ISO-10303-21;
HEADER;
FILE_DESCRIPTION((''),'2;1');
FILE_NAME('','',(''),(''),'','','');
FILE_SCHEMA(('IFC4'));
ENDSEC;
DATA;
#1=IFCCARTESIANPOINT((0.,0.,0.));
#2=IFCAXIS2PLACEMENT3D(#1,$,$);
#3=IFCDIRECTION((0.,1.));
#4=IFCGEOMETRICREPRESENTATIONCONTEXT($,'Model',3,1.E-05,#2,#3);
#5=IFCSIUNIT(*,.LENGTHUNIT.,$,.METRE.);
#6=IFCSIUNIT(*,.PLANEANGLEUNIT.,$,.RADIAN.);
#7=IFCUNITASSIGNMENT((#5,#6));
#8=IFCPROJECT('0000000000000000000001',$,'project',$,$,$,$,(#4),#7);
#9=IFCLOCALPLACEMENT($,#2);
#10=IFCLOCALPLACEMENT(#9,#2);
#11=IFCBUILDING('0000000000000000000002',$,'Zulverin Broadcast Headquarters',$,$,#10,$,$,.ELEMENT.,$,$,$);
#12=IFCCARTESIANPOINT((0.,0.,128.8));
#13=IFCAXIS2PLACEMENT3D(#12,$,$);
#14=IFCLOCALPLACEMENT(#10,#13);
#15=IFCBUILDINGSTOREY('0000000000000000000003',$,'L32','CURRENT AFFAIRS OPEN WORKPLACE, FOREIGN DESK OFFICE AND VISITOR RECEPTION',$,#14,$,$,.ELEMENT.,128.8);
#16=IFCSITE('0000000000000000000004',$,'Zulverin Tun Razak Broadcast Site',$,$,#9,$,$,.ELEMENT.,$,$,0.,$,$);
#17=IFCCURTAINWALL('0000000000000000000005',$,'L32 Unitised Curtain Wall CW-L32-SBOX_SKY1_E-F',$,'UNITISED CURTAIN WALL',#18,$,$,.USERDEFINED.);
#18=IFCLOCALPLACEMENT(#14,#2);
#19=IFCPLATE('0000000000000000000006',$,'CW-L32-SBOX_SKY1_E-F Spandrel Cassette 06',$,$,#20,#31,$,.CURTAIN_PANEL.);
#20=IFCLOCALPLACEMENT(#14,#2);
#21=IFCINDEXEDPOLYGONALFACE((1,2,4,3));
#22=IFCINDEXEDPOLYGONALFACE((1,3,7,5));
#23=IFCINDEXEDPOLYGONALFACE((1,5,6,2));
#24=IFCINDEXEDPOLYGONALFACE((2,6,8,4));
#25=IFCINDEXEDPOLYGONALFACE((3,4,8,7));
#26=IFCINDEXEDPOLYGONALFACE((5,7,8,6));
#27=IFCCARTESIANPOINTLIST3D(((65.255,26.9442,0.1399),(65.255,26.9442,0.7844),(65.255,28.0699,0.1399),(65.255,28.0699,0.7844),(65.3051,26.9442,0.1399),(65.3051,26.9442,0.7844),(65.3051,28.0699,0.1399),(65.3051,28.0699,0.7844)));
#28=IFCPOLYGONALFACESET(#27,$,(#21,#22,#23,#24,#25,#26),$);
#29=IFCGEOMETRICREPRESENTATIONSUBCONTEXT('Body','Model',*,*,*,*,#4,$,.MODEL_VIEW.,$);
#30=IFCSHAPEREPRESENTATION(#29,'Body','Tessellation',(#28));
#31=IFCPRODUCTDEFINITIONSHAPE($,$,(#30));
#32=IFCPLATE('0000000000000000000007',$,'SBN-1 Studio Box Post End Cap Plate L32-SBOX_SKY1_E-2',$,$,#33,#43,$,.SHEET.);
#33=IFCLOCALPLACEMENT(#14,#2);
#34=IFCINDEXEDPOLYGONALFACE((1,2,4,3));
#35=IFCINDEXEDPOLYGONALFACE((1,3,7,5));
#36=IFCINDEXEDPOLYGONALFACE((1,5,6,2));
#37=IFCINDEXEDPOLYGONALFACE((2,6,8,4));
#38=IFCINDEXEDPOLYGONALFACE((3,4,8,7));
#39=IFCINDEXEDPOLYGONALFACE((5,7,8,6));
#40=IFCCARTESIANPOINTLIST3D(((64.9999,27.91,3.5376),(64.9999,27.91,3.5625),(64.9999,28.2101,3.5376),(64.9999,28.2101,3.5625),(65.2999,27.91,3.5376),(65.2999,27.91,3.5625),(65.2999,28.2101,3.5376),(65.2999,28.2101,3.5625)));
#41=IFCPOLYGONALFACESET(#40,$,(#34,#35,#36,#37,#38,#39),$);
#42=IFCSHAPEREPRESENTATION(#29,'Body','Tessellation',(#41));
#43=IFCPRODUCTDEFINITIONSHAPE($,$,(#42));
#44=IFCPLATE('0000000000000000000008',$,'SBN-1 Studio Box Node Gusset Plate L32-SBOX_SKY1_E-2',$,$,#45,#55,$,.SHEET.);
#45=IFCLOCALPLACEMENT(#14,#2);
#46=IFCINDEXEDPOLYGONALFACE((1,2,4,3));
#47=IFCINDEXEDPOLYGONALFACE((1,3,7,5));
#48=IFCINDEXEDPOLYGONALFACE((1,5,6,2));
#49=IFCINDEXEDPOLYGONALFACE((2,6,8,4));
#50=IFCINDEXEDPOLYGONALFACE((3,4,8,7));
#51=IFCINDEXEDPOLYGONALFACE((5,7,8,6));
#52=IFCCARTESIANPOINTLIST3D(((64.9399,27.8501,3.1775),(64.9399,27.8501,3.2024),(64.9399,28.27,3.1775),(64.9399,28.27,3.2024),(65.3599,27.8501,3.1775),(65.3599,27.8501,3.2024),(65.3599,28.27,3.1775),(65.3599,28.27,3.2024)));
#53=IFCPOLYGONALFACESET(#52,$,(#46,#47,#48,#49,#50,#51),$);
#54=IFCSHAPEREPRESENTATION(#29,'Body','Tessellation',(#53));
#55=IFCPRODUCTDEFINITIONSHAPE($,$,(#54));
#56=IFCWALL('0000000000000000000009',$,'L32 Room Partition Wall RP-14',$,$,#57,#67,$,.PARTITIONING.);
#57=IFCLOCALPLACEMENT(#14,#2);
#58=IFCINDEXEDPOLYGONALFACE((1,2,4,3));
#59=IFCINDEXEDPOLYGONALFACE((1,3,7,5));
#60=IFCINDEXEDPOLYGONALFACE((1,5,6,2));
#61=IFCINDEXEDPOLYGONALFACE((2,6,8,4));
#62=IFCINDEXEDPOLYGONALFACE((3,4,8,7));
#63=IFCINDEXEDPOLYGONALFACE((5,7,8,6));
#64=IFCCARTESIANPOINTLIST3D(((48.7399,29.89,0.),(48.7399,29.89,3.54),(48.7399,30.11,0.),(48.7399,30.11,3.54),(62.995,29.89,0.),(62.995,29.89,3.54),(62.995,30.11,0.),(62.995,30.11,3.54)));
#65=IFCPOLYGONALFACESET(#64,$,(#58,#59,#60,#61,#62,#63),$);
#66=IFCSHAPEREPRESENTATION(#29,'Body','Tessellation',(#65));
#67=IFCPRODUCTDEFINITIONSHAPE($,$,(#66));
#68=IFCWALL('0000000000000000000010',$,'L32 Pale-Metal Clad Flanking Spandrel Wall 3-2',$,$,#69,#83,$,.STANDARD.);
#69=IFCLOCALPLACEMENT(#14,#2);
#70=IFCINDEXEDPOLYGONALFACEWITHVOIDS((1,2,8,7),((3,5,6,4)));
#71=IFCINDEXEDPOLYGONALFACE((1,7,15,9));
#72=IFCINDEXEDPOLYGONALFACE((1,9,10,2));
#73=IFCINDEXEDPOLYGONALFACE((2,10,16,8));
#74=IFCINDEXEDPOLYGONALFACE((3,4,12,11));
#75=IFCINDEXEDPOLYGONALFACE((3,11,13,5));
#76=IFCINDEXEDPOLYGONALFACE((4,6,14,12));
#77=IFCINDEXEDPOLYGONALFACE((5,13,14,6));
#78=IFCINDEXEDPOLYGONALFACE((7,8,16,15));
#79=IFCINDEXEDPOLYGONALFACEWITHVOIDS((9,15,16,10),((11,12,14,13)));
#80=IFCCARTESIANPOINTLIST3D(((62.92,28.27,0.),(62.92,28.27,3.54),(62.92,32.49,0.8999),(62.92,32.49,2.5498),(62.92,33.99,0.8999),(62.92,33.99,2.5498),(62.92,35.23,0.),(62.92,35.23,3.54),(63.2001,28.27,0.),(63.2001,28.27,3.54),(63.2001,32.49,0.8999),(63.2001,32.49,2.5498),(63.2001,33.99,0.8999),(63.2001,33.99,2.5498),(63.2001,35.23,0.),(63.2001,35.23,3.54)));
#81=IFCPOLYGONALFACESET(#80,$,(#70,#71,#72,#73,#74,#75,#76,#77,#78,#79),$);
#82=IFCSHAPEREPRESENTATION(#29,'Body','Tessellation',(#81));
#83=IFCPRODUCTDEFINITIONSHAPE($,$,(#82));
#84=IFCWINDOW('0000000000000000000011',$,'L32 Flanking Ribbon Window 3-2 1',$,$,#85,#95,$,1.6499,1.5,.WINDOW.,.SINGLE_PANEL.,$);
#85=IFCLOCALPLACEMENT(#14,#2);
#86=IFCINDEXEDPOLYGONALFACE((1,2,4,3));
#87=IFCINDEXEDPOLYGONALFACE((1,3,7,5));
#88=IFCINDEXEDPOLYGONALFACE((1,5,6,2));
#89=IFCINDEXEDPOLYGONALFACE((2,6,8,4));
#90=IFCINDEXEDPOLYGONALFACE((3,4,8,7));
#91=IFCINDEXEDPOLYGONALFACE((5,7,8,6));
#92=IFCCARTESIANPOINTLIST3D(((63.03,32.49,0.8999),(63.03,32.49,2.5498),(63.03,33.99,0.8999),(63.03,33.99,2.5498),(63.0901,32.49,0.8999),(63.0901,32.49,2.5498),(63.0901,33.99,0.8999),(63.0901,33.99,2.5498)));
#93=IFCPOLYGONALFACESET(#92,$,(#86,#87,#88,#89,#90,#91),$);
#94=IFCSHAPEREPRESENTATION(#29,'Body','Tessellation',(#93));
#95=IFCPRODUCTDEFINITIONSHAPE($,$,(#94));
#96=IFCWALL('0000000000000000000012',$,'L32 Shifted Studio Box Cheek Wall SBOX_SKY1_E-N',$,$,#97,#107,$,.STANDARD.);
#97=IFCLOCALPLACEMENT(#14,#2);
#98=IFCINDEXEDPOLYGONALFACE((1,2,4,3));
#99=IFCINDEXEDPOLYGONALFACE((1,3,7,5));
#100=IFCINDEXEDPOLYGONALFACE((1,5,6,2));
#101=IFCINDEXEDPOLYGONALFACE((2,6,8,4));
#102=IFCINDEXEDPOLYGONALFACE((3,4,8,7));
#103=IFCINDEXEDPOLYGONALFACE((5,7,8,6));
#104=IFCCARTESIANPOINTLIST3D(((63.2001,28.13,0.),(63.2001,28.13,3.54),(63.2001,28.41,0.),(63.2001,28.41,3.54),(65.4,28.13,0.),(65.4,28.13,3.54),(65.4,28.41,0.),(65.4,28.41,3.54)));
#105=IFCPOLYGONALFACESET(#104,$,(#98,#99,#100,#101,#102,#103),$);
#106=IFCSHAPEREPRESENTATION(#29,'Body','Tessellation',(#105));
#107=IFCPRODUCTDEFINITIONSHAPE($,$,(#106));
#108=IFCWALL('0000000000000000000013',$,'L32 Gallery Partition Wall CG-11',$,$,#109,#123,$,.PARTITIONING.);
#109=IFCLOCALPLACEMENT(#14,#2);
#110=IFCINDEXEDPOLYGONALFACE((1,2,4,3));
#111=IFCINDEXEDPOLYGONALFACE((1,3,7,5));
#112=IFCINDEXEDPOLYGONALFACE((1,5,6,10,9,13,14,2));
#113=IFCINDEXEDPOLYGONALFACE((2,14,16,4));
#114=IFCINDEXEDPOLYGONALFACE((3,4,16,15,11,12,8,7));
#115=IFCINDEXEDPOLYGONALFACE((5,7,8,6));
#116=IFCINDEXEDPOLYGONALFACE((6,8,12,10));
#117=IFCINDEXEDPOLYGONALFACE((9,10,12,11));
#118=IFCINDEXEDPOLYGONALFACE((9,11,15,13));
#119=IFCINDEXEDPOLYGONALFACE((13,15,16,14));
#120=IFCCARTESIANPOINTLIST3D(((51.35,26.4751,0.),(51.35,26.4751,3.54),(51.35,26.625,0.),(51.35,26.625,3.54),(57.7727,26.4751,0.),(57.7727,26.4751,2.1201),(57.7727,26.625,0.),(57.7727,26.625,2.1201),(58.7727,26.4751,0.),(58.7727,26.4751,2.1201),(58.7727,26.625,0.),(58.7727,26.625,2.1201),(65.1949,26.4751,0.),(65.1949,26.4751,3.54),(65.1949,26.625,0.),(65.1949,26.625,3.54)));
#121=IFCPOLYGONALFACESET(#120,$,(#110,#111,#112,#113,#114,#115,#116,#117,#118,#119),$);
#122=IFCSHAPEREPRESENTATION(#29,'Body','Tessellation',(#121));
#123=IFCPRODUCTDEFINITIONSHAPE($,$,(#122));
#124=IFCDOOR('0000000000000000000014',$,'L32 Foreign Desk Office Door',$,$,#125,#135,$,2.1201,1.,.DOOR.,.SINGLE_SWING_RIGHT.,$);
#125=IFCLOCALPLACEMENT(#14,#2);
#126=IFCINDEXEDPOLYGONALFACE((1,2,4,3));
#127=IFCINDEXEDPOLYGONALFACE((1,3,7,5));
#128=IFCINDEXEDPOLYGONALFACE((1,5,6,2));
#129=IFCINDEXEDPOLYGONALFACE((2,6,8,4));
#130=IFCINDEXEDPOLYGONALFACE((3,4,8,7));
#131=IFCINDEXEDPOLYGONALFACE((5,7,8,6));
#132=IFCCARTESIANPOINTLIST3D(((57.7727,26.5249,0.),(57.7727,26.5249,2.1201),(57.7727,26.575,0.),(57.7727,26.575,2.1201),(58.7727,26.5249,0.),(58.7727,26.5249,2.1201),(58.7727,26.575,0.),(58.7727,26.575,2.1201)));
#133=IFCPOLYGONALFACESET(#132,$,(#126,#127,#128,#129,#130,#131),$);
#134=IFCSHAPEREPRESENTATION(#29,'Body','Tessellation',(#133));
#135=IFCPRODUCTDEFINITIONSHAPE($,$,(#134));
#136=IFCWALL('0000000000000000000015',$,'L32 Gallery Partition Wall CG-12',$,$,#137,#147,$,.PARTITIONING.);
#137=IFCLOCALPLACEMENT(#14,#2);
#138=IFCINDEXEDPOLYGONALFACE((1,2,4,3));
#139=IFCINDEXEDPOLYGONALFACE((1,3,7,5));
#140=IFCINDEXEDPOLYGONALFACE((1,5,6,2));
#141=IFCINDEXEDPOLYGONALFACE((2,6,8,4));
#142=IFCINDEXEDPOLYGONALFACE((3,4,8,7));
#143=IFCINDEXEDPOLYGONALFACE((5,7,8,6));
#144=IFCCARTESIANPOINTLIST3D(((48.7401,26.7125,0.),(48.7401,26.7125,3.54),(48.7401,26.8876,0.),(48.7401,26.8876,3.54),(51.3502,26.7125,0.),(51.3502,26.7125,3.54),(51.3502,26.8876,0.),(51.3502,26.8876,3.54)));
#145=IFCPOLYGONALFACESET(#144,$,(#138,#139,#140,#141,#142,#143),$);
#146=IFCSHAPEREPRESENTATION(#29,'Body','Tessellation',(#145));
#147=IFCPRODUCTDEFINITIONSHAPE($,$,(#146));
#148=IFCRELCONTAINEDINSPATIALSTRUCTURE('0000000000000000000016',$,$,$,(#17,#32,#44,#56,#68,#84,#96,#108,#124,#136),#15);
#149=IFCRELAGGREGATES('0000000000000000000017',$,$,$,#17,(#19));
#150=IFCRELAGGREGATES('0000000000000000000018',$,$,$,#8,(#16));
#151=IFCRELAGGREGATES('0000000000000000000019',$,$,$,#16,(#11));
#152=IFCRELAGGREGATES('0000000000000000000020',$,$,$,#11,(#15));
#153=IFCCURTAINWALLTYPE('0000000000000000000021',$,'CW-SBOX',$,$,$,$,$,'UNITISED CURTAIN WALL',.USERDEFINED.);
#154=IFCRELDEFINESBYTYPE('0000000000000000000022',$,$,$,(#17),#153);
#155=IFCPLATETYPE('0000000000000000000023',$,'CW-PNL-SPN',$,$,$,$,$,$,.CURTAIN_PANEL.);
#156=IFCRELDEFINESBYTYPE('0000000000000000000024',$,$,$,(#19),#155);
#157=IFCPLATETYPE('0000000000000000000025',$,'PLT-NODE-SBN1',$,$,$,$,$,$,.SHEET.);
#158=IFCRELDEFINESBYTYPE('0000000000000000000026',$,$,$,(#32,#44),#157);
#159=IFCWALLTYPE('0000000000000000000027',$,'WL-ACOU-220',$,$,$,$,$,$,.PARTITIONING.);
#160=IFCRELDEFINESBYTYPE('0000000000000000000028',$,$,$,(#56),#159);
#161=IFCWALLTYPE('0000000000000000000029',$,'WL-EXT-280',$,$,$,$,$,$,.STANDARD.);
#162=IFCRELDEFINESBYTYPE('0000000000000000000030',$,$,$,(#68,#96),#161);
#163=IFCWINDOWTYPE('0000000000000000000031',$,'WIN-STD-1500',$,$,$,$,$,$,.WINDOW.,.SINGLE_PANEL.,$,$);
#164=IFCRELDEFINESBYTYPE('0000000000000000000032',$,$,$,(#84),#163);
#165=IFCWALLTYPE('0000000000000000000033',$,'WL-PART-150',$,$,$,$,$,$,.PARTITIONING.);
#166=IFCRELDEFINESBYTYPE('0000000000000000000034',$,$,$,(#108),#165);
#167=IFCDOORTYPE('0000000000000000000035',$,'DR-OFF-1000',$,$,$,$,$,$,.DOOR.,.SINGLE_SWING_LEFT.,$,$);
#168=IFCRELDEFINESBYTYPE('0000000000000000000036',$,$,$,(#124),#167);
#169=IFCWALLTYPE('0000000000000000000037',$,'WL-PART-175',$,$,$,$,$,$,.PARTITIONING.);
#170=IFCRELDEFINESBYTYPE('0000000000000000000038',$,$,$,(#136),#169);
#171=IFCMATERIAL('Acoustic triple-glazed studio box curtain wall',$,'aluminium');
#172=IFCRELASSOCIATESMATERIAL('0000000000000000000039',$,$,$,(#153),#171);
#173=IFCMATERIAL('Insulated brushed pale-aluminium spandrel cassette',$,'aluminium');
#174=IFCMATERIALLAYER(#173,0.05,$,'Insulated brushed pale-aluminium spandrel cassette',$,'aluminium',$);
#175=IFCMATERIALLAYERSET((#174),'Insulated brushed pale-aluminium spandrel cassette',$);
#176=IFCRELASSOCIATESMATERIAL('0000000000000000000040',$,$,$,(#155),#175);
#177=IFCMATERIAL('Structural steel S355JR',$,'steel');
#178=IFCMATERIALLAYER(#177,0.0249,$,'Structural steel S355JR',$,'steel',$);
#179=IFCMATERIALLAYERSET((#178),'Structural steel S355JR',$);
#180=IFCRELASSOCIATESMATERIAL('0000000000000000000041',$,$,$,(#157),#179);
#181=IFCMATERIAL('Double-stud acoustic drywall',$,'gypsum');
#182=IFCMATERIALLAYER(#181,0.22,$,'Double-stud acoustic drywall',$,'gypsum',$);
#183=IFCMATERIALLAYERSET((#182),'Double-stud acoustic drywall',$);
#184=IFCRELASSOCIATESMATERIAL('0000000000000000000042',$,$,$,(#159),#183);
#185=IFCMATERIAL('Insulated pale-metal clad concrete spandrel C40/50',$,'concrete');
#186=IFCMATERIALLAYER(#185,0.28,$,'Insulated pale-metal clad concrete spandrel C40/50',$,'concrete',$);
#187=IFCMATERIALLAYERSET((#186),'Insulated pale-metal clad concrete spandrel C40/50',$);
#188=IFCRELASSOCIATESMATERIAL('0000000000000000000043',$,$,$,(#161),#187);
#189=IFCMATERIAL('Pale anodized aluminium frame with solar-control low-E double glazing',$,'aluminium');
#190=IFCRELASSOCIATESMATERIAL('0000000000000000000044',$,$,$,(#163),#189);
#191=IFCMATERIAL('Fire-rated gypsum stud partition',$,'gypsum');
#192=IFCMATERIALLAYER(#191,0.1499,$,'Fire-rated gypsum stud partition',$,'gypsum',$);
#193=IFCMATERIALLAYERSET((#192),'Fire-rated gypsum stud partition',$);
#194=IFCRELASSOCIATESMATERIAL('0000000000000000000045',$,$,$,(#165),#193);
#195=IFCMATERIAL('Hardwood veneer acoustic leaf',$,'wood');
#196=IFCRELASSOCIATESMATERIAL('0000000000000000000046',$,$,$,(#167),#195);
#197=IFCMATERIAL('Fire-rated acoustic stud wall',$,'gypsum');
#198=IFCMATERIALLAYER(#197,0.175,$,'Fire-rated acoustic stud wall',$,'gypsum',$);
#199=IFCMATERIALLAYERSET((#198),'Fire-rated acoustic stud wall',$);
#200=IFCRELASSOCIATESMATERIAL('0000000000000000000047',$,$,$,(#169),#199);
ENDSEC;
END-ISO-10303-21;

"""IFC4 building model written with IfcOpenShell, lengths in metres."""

from ifc_helpers import new_model, si_unit, direction, frame, frame_2d, origin, origin_2d, place, context, subcontext, project, spatial, rectangle, extrude, material, layer, layer_set, type_object, element, fill, aggregate, save


model = new_model("IFC4")

# Units and contexts
model_context = context("Model", 3, precision=1e-05, world=origin(), true_north=direction((0.0, 1.0)))
body_context = subcontext(model_context, "Body", "Model", "MODEL_VIEW")
ifc_project = project(units=[si_unit("LENGTHUNIT", "METRE"), si_unit("PLANEANGLEUNIT", "RADIAN")], contexts=[model_context])

# Site, building, storey
site_placement = place(None, origin())
site = spatial("IfcSite", under=ifc_project, at=site_placement, Name="Zulverin Tun Razak Broadcast Site", CompositionType="ELEMENT", RefElevation=0.0)
building_placement = place(site_placement, origin())
building = spatial("IfcBuilding", under=site, at=building_placement, Name="Zulverin Broadcast Headquarters", CompositionType="ELEMENT")
storey_placement = place(building_placement, frame((0.0, 0.0, 128.8)))
storey = spatial("IfcBuildingStorey", under=building, at=storey_placement, Name="L32", Description="CURRENT AFFAIRS OPEN WORKPLACE, FOREIGN DESK OFFICE AND VISITOR RECEPTION", CompositionType="ELEMENT", Elevation=128.8)

# Shared definitions
ifc_material_1 = material(Name="Structural steel S355JR", Category="steel")

# Curtain wall
ifc_material_2 = material(Name="Acoustic triple-glazed studio box curtain wall", Category="aluminium")
curtain_wall_type = type_object("IfcCurtainWallType", Name="CW-SBOX", ElementType="UNITISED CURTAIN WALL", PredefinedType="USERDEFINED", material=ifc_material_2)
curtain_wall_placement = place(storey_placement, origin())
curtain_wall = element("IfcCurtainWall", 1, at=curtain_wall_placement, inside=storey, type_object=curtain_wall_type, Name="L32 Unitised Curtain Wall CW-L32-SBOX_SKY1_E-F", ObjectType="UNITISED CURTAIN WALL", PredefinedType="USERDEFINED")

# Plate
ifc_material_3 = material(Name="Insulated brushed pale-aluminium spandrel cassette", Category="aluminium")
ifc_layer_1 = layer(ifc_material_3, 0.05, Name="Insulated brushed pale-aluminium spandrel cassette", Category="aluminium")
ifc_layer_set_1 = layer_set([ifc_layer_1], Name="Insulated brushed pale-aluminium spandrel cassette")
plate_type_1 = type_object("IfcPlateType", Name="CW-PNL-SPN", PredefinedType="CURTAIN_PANEL", material=ifc_layer_set_1)
plate_1_placement = place(storey_placement, frame((65.28, 27.5071, 0.1399), z_axis=(0.0, 0.0, 1.0), x_axis=(0.0, 1.0, 0.0)))
plate_1 = element("IfcPlate", 2, at=plate_1_placement, type_object=plate_type_1, Name="CW-L32-SBOX_SKY1_E-F Spandrel Cassette 06", PredefinedType="CURTAIN_PANEL", context=body_context, shape_type="SweptSolid", body=[
    extrude(rectangle(XDim=1.1257, YDim=0.05, at=origin_2d()), origin(), (0.0, 0.0, 1.0), 0.6445),
])
aggregate(curtain_wall, [plate_1])

# Plates
ifc_layer_2 = layer(ifc_material_1, 0.0249, Name="Structural steel S355JR", Category="steel")
ifc_layer_set_2 = layer_set([ifc_layer_2], Name="Structural steel S355JR")
plate_type_2 = type_object("IfcPlateType", Name="PLT-NODE-SBN1", PredefinedType="SHEET", material=ifc_layer_set_2)
plate_2_placement = place(storey_placement, frame((65.1499, 28.0601, 3.5376), z_axis=(0.0, 0.0, 1.0), x_axis=(1.0, 0.0, 0.0)))
element("IfcPlate", 3, at=plate_2_placement, inside=storey, type_object=plate_type_2, Name="SBN-1 Studio Box Post End Cap Plate L32-SBOX_SKY1_E-2", PredefinedType="SHEET", context=body_context, shape_type="SweptSolid", body=[
    extrude(rectangle(XDim=0.3, YDim=0.3, at=origin_2d()), origin(), (0.0, 0.0, 1.0), 0.0249),
])
plate_3_placement = place(storey_placement, frame((65.1499, 28.0601, 3.1775), z_axis=(0.0, 0.0, 1.0), x_axis=(1.0, 0.0, 0.0)))
element("IfcPlate", 4, at=plate_3_placement, inside=storey, type_object=plate_type_2, Name="SBN-1 Studio Box Node Gusset Plate L32-SBOX_SKY1_E-2", PredefinedType="SHEET", context=body_context, shape_type="SweptSolid", body=[
    extrude(rectangle(XDim=0.4199, YDim=0.4199, at=origin_2d()), origin(), (0.0, 0.0, 1.0), 0.0249),
])

# Wall
ifc_material_4 = material(Name="Double-stud acoustic drywall", Category="gypsum")
ifc_layer_3 = layer(ifc_material_4, 0.22, Name="Double-stud acoustic drywall", Category="gypsum")
ifc_layer_set_3 = layer_set([ifc_layer_3], Name="Double-stud acoustic drywall")
wall_type_1 = type_object("IfcWallType", Name="WL-ACOU-220", PredefinedType="PARTITIONING", material=ifc_layer_set_3)
wall_1_placement = place(storey_placement, frame((48.74, 30.0, 0.0), z_axis=(0.0, 0.0, 1.0), x_axis=(1.0, 0.0, 0.0)))
element("IfcWall", 5, at=wall_1_placement, inside=storey, type_object=wall_type_1, Name="L32 Room Partition Wall RP-14", PredefinedType="PARTITIONING", context=body_context, shape_type="SweptSolid", body=[
    extrude(rectangle(XDim=14.2551, YDim=0.22, at=frame_2d((7.1274, 0.0))), origin(), (0.0, 0.0, 1.0), 3.54),
])

# Wall, opening, window
ifc_material_5 = material(Name="Insulated pale-metal clad concrete spandrel C40/50", Category="concrete")
ifc_layer_4 = layer(ifc_material_5, 0.28, Name="Insulated pale-metal clad concrete spandrel C40/50", Category="concrete")
ifc_layer_set_4 = layer_set([ifc_layer_4], Name="Insulated pale-metal clad concrete spandrel C40/50")
wall_type_2 = type_object("IfcWallType", Name="WL-EXT-280", PredefinedType="STANDARD", material=ifc_layer_set_4)
wall_2_placement = place(storey_placement, frame((63.0601, 28.27, 0.0), z_axis=(0.0, 0.0, 1.0), x_axis=(0.0, 1.0, 0.0)))
wall_2 = element("IfcWall", 6, at=wall_2_placement, inside=storey, type_object=wall_type_2, Name="L32 Pale-Metal Clad Flanking Spandrel Wall 3-2", PredefinedType="STANDARD", context=body_context, shape_type="SweptSolid", body=[
    extrude(rectangle(XDim=6.96, YDim=0.28, at=frame_2d((3.48, 0.0))), origin(), (0.0, 0.0, 1.0), 3.54),
])
opening_1_placement = place(wall_2_placement, frame((4.22, 0.0, 0.8999)))
opening_1 = element("IfcOpeningElement", 7, at=opening_1_placement, cuts=wall_2, PredefinedType="OPENING", context=body_context, shape_type="SweptSolid", body=[
    extrude(rectangle(XDim=1.5, YDim=1.6499, at=frame_2d((0.75, 0.825))), frame((0.0, 0.1499, 0.0), z_axis=(0.0, -1.0, 0.0), x_axis=(1.0, 0.0, 0.0)), (0.0, 0.0, 1.0), 0.3),
])
ifc_material_6 = material(Name="Pale anodized aluminium frame with solar-control low-E double glazing", Category="aluminium")
window_type = type_object("IfcWindowType", Name="WIN-STD-1500", PartitioningType="SINGLE_PANEL", PredefinedType="WINDOW", material=ifc_material_6)
window_placement = place(opening_1_placement, origin())
window = element("IfcWindow", 8, at=window_placement, inside=storey, type_object=window_type, Name="L32 Flanking Ribbon Window 3-2 1", OverallHeight=1.6499, OverallWidth=1.5, PartitioningType="SINGLE_PANEL", PredefinedType="WINDOW", context=body_context, shape_type="SweptSolid", body=[
    extrude(rectangle(XDim=1.5, YDim=1.6499, at=frame_2d((0.75, 0.825))), frame((0.0, 0.03, 0.0), z_axis=(0.0, -1.0, 0.0), x_axis=(1.0, 0.0, 0.0)), (0.0, 0.0, 1.0), 0.0601),
])
fill(opening_1, window)

# Wall
wall_3_placement = place(storey_placement, frame((63.2, 28.27, 0.0), z_axis=(0.0, 0.0, 1.0), x_axis=(1.0, 0.0, 0.0)))
element("IfcWall", 9, at=wall_3_placement, inside=storey, type_object=wall_type_2, Name="L32 Shifted Studio Box Cheek Wall SBOX_SKY1_E-N", PredefinedType="STANDARD", context=body_context, shape_type="SweptSolid", body=[
    extrude(rectangle(XDim=2.2, YDim=0.28, at=frame_2d((1.1001, 0.0))), origin(), (0.0, 0.0, 1.0), 3.54),
])

# Wall, opening, door
ifc_material_7 = material(Name="Fire-rated gypsum stud partition", Category="gypsum")
ifc_layer_5 = layer(ifc_material_7, 0.1499, Name="Fire-rated gypsum stud partition", Category="gypsum")
ifc_layer_set_5 = layer_set([ifc_layer_5], Name="Fire-rated gypsum stud partition")
wall_type_3 = type_object("IfcWallType", Name="WL-PART-150", PredefinedType="PARTITIONING", material=ifc_layer_set_5)
wall_4_placement = place(storey_placement, frame((51.3501, 26.55, 0.0), z_axis=(0.0, 0.0, 1.0), x_axis=(1.0, 0.0, 0.0)))
wall_4 = element("IfcWall", 10, at=wall_4_placement, inside=storey, type_object=wall_type_3, Name="L32 Gallery Partition Wall CG-11", PredefinedType="PARTITIONING", context=body_context, shape_type="SweptSolid", body=[
    extrude(rectangle(XDim=13.845, YDim=0.1499, at=frame_2d((6.9224, 0.0))), origin(), (0.0, 0.0, 1.0), 3.54),
])
opening_2_placement = place(wall_4_placement, frame((6.4226, 0.0, 0.0)))
opening_2 = element("IfcOpeningElement", 11, at=opening_2_placement, cuts=wall_4, PredefinedType="OPENING", context=body_context, shape_type="SweptSolid", body=[
    extrude(rectangle(XDim=1.0, YDim=2.1201, at=frame_2d((0.5, 1.0601))), frame((0.0, 0.085, 0.0), z_axis=(0.0, -1.0, 0.0), x_axis=(1.0, 0.0, 0.0)), (0.0, 0.0, 1.0), 0.1699),
])
ifc_material_8 = material(Name="Hardwood veneer acoustic leaf", Category="wood")
door_type = type_object("IfcDoorType", Name="DR-OFF-1000", OperationType="SINGLE_SWING_LEFT", PredefinedType="DOOR", material=ifc_material_8)
door_placement = place(opening_2_placement, origin())
door = element("IfcDoor", 12, at=door_placement, inside=storey, type_object=door_type, Name="L32 Foreign Desk Office Door", OperationType="SINGLE_SWING_RIGHT", OverallHeight=2.1201, OverallWidth=1.0, PredefinedType="DOOR", context=body_context, shape_type="SweptSolid", body=[
    extrude(rectangle(XDim=1.0, YDim=2.1201, at=frame_2d((0.5, 1.0601))), frame((0.0, 0.0249, 0.0), z_axis=(0.0, -1.0, 0.0), x_axis=(1.0, 0.0, 0.0)), (0.0, 0.0, 1.0), 0.05),
])
fill(opening_2, door)

# Wall
ifc_material_9 = material(Name="Fire-rated acoustic stud wall", Category="gypsum")
ifc_layer_6 = layer(ifc_material_9, 0.175, Name="Fire-rated acoustic stud wall", Category="gypsum")
ifc_layer_set_6 = layer_set([ifc_layer_6], Name="Fire-rated acoustic stud wall")
wall_type_4 = type_object("IfcWallType", Name="WL-PART-175", PredefinedType="PARTITIONING", material=ifc_layer_set_6)
wall_5_placement = place(storey_placement, frame((48.74, 26.8, 0.0), z_axis=(0.0, 0.0, 1.0), x_axis=(1.0, 0.0, 0.0)))
element("IfcWall", 13, at=wall_5_placement, inside=storey, type_object=wall_type_4, Name="L32 Gallery Partition Wall CG-12", PredefinedType="PARTITIONING", context=body_context, shape_type="SweptSolid", body=[
    extrude(rectangle(XDim=2.6101, YDim=0.175, at=frame_2d((1.3052, 0.0))), origin(), (0.0, 0.0, 1.0), 3.54),
])

save(model, "model.ifc")
